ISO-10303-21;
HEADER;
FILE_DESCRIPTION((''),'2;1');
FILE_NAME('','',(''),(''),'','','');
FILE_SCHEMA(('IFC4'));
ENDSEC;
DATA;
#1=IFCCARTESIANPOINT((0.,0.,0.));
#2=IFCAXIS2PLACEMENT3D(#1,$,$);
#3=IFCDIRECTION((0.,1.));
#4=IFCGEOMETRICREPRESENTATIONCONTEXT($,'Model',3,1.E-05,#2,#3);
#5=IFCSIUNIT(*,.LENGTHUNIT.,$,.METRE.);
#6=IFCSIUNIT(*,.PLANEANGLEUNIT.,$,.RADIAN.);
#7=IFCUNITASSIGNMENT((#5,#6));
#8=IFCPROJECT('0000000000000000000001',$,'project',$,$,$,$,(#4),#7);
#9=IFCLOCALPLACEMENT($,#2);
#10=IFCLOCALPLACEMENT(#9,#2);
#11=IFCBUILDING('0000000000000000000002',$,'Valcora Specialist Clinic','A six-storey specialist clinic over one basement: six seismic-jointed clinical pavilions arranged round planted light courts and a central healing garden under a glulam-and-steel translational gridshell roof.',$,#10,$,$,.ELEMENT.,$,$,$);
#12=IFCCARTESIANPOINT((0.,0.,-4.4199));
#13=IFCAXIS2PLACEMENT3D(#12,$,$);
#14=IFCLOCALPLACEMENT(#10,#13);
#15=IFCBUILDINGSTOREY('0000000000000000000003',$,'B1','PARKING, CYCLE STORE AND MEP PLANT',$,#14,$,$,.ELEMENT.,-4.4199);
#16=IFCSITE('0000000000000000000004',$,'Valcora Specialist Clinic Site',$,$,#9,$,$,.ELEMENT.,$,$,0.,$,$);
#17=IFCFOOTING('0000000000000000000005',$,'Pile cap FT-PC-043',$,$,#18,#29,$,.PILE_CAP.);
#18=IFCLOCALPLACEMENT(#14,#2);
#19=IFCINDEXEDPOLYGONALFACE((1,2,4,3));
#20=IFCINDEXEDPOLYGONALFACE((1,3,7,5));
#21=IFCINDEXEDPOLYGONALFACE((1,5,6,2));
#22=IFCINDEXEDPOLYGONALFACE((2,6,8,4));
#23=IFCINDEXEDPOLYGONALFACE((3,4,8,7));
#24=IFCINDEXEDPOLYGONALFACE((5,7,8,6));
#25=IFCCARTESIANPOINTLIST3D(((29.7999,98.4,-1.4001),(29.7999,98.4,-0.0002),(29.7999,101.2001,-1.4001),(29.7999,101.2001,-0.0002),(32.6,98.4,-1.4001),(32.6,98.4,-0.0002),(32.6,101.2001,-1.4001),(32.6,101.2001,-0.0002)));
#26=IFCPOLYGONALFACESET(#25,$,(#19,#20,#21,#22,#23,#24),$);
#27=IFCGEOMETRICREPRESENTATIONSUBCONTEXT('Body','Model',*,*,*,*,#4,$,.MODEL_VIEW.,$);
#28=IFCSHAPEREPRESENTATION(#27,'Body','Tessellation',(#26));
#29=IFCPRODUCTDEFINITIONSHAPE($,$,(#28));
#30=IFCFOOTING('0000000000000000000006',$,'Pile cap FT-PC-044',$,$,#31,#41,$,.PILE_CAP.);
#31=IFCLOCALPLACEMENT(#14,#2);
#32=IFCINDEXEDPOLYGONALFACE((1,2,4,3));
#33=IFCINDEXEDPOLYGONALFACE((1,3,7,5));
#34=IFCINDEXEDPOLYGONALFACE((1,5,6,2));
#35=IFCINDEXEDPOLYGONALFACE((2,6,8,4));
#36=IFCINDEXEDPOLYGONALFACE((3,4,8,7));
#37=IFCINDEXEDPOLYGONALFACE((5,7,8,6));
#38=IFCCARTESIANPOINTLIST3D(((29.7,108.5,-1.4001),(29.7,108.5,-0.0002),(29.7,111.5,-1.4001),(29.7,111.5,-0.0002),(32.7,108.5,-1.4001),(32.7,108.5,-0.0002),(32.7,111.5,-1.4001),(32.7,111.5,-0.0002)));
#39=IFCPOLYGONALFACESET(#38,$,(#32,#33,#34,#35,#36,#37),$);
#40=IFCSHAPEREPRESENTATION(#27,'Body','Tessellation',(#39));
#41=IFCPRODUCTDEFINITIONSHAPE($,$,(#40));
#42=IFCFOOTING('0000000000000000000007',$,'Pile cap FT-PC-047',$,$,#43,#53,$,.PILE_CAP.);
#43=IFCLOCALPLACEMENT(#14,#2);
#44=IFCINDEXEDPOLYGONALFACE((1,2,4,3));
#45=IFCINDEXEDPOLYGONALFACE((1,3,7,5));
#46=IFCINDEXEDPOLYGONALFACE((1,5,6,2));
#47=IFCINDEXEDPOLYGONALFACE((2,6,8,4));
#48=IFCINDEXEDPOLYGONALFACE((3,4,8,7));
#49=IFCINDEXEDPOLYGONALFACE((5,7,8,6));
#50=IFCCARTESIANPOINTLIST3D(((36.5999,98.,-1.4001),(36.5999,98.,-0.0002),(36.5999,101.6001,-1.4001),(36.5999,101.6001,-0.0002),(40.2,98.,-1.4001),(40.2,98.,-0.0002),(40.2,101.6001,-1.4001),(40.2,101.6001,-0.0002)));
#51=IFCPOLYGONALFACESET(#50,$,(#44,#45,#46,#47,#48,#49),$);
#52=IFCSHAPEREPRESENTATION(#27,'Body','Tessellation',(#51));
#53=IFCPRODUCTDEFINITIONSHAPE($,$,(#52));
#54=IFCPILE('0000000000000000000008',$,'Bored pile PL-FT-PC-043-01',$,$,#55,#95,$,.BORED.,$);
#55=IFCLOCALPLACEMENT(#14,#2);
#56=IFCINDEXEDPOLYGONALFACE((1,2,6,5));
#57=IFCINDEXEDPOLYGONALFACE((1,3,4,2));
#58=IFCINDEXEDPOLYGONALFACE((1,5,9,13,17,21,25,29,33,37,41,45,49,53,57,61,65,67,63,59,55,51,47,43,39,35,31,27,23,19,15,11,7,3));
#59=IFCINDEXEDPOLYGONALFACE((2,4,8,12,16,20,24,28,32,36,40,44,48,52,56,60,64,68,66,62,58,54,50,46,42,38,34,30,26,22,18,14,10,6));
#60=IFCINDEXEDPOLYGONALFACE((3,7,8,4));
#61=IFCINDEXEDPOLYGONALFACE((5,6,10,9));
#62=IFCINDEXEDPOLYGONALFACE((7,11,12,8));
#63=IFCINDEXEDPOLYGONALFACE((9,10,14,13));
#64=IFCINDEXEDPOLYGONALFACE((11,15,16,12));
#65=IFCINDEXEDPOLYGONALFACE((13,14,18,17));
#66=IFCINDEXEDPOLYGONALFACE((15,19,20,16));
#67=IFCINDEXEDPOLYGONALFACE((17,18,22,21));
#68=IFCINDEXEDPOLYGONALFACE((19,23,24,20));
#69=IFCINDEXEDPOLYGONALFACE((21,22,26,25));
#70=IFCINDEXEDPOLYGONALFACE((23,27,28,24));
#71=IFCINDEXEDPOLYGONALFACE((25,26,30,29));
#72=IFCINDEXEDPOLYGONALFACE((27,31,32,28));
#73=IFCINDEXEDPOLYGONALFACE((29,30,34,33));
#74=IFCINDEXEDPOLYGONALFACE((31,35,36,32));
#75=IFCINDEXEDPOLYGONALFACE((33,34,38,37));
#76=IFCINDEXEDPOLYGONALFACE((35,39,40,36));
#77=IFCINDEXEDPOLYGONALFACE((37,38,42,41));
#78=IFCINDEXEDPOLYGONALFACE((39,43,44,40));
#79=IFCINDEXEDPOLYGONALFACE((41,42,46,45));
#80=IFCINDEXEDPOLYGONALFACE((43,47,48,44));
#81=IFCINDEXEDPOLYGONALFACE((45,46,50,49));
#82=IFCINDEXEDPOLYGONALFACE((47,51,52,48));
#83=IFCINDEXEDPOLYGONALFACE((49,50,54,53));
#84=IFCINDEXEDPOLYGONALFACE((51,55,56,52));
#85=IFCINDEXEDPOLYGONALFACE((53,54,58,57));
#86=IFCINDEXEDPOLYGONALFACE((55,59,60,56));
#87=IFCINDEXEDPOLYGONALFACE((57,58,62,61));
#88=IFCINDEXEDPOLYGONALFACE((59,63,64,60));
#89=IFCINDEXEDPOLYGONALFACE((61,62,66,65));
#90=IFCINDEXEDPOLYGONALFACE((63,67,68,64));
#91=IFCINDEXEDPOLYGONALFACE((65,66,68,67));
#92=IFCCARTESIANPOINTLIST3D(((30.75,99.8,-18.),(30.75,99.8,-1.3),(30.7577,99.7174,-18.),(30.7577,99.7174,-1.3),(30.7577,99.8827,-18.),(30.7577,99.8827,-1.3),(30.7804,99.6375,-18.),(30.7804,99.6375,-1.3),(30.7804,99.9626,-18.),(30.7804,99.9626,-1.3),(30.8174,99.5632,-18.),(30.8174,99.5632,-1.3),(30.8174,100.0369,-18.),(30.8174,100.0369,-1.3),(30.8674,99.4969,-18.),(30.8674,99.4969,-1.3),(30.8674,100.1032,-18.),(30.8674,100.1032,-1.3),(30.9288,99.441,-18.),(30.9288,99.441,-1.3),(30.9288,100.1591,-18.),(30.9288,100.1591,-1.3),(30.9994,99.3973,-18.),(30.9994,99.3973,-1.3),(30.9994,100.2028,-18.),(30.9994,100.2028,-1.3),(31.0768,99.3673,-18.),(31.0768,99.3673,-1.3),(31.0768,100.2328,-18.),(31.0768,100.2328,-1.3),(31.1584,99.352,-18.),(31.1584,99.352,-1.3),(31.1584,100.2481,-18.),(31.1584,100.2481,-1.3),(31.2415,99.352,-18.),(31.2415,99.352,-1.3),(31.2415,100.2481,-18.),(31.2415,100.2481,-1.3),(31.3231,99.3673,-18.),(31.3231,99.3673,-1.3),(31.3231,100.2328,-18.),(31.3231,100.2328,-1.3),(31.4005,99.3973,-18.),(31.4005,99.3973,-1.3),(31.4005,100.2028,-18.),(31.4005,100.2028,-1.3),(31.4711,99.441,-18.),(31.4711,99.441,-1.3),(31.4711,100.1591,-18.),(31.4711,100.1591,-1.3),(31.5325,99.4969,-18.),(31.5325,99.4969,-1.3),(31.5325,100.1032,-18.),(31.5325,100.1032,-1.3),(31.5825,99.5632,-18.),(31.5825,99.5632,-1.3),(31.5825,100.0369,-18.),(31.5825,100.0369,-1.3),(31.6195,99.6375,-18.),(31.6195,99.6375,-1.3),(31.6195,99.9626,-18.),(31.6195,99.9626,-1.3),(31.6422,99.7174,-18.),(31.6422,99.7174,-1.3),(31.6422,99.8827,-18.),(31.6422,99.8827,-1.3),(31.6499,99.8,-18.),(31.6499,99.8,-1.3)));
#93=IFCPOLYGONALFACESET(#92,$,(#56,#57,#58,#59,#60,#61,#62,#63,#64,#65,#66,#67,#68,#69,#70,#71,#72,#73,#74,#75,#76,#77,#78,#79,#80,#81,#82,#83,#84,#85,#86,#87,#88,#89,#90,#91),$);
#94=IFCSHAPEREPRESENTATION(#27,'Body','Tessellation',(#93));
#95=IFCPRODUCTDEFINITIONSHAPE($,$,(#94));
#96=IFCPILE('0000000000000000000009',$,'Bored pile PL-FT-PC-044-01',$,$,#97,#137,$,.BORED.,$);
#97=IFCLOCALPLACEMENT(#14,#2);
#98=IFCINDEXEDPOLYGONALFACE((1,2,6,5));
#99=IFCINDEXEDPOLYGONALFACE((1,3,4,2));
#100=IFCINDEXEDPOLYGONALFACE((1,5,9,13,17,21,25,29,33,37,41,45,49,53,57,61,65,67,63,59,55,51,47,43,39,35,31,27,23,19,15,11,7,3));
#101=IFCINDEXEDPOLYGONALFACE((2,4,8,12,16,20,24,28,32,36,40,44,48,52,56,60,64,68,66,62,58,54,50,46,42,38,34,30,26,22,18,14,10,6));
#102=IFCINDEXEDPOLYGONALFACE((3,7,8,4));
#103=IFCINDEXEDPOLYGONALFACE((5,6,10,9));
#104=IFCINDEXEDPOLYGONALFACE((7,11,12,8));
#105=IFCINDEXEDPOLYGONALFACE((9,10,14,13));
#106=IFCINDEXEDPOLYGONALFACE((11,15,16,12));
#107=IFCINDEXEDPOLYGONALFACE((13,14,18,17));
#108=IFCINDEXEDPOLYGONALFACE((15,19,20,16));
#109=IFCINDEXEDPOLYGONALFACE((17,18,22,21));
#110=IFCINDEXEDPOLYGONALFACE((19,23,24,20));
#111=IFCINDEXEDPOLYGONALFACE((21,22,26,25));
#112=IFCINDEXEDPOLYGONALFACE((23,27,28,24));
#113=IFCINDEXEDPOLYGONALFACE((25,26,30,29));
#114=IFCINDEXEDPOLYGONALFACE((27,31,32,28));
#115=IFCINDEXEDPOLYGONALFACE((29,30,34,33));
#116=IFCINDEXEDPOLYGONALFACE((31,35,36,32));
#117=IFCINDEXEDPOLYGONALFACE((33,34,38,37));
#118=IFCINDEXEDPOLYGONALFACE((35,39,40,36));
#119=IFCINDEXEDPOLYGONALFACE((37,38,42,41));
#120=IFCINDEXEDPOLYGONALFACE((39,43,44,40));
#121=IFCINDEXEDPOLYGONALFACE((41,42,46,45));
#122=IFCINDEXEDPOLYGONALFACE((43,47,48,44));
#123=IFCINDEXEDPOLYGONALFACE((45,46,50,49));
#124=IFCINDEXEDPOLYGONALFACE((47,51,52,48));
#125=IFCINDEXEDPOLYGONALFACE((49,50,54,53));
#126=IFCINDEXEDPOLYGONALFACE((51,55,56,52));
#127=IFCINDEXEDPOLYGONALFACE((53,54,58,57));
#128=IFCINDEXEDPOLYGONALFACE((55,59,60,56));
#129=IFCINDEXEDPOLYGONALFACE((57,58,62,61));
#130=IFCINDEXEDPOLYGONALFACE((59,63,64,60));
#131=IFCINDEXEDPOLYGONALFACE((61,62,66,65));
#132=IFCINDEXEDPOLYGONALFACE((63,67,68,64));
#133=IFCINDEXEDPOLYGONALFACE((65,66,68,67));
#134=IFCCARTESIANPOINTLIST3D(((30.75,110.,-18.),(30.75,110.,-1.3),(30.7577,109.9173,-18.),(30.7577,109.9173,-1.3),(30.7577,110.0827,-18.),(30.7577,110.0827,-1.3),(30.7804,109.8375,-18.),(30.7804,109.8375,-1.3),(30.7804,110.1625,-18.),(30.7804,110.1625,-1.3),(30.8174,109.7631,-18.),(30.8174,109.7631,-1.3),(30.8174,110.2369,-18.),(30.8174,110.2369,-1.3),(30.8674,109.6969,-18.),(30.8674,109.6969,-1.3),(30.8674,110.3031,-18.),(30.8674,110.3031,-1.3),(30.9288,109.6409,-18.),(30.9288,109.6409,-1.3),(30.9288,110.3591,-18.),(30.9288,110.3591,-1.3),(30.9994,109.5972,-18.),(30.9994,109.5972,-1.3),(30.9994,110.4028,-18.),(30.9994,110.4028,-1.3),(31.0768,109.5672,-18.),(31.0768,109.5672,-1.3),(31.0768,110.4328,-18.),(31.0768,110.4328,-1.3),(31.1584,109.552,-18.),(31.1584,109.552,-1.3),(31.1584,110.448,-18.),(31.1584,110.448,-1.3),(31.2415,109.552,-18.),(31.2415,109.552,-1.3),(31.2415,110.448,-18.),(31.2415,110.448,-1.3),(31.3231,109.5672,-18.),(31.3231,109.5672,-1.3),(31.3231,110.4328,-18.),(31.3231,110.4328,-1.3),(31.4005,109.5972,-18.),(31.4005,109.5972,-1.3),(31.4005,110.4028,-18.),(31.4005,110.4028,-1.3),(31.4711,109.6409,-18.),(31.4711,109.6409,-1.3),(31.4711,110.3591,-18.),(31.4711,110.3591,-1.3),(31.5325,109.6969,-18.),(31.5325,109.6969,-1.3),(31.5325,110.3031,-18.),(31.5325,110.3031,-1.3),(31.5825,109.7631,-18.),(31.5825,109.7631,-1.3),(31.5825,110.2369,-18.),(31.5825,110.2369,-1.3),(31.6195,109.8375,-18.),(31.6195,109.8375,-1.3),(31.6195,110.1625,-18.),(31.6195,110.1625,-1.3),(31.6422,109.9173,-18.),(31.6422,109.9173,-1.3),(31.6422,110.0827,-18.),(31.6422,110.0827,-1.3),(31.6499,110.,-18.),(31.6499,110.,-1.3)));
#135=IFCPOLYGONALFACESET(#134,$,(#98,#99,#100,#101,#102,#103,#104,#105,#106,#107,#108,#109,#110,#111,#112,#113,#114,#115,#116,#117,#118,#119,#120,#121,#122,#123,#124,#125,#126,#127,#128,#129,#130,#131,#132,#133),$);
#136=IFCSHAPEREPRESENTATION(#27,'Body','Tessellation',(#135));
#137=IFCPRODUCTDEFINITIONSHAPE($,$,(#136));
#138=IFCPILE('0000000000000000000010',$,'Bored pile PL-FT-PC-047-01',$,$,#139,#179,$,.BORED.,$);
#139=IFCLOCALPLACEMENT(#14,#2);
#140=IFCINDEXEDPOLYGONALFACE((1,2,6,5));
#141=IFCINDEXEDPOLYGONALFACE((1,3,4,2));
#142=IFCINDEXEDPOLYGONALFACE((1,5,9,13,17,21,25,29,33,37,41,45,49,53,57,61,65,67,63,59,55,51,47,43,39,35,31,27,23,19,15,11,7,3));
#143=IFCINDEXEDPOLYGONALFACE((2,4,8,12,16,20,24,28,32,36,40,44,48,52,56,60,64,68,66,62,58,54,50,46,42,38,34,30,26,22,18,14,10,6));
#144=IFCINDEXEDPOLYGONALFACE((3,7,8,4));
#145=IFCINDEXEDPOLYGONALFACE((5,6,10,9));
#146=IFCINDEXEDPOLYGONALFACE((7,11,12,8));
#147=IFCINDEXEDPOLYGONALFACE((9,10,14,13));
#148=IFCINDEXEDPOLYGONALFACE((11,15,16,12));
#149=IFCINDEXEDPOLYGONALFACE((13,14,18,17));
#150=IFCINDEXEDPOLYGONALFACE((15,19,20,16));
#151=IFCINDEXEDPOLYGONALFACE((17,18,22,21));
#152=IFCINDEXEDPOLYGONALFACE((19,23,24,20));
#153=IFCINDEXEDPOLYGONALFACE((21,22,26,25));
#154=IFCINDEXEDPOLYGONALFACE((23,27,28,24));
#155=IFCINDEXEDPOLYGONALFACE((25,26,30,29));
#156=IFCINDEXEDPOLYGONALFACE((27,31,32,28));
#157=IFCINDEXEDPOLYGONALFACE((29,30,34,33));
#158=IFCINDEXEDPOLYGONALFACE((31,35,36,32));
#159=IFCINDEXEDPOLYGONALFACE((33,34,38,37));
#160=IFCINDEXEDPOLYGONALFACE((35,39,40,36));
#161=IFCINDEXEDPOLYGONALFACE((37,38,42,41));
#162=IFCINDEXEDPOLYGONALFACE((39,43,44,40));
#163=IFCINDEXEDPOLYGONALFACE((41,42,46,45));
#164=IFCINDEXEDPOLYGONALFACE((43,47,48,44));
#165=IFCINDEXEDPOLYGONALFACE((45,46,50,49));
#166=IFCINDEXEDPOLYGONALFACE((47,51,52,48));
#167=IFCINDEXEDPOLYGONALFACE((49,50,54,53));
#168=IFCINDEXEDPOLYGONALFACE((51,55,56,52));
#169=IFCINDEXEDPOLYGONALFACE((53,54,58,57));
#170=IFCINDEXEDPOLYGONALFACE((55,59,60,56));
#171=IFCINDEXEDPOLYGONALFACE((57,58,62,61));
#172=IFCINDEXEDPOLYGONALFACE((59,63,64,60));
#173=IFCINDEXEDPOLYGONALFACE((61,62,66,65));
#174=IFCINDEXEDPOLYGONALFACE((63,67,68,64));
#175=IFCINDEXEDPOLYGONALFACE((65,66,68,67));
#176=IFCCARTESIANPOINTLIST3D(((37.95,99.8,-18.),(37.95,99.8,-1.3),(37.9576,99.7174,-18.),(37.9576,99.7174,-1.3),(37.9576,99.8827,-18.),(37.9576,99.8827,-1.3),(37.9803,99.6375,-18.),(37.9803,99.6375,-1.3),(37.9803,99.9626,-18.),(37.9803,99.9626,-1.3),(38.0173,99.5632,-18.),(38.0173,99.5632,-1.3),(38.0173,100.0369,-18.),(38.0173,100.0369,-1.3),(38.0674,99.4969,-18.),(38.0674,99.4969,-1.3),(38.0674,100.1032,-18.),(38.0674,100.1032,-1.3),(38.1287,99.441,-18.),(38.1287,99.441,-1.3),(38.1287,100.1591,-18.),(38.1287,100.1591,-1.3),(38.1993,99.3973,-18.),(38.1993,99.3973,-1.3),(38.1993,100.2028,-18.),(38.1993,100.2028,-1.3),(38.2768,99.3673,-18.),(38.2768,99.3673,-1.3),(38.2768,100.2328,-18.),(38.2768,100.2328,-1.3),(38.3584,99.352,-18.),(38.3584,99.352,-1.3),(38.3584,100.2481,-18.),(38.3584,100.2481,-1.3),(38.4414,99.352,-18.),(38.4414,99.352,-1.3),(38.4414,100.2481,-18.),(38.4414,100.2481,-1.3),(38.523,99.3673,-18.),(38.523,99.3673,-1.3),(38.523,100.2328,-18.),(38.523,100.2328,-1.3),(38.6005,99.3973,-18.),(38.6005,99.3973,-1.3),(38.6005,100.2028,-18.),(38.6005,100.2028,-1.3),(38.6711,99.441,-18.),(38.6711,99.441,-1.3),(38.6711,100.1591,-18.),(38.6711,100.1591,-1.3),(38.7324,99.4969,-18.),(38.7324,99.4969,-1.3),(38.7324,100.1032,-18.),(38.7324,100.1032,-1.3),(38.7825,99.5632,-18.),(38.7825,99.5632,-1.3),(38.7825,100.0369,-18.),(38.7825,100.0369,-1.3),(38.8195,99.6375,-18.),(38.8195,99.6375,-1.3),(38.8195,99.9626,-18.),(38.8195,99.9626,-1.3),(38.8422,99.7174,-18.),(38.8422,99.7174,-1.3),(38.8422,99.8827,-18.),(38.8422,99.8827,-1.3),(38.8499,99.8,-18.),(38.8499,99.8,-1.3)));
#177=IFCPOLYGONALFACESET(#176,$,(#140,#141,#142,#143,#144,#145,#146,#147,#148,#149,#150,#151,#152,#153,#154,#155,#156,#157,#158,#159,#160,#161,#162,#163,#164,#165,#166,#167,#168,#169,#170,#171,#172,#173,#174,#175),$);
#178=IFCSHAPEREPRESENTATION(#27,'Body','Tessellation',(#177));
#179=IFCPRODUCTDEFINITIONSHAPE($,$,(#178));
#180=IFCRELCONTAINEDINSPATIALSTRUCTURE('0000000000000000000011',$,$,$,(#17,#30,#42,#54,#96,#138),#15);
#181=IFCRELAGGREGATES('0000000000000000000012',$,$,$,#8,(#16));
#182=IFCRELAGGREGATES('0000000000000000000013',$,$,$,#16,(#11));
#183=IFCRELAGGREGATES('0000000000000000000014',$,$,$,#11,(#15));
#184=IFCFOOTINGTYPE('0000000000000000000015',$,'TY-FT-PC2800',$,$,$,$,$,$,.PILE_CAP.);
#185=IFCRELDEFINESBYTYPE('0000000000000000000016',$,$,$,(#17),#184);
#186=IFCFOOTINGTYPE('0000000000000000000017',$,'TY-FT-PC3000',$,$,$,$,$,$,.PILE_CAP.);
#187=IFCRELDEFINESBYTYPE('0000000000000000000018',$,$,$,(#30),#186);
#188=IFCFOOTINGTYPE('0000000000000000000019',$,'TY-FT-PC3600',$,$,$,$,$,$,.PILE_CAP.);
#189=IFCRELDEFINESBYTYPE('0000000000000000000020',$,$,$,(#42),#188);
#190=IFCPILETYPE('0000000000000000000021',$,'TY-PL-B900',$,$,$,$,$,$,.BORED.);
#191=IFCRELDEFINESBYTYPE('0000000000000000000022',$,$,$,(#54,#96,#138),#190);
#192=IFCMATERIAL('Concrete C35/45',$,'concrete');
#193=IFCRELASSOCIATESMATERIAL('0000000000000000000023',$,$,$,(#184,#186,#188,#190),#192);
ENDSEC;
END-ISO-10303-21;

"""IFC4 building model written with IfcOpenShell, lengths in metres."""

from ifc_helpers import new_model, si_unit, direction, frame, origin, origin_2d, place, context, subcontext, project, spatial, rectangle, circle, extrude, material, material_profile, profile_set, type_object, element, save


model = new_model("IFC4")

# Units and contexts
model_context = context("Model", 3, precision=1e-05, world=origin(), true_north=direction((0.0, 1.0)))
body_context = subcontext(model_context, "Body", "Model", "MODEL_VIEW")
ifc_project = project(units=[si_unit("LENGTHUNIT", "METRE"), si_unit("PLANEANGLEUNIT", "RADIAN")], contexts=[model_context])

# Site, building, storey
site_placement = place(None, origin())
site = spatial("IfcSite", under=ifc_project, at=site_placement, Name="Valcora Specialist Clinic Site", CompositionType="ELEMENT", RefElevation=0.0)
building_placement = place(site_placement, origin())
building = spatial("IfcBuilding", under=site, at=building_placement, Name="Valcora Specialist Clinic", Description="A six-storey specialist clinic over one basement: six seismic-jointed clinical pavilions arranged round planted light courts and a central healing garden under a glulam-and-steel translational gridshell roof.", CompositionType="ELEMENT")
storey_placement = place(building_placement, frame((0.0, 0.0, -4.4199)))
storey = spatial("IfcBuildingStorey", under=building, at=storey_placement, Name="B1", Description="PARKING, CYCLE STORE AND MEP PLANT", CompositionType="ELEMENT", Elevation=-4.4199)

# Footings
ifc_material_1 = material(Name="Concrete C35/45", Category="concrete")
footing_type_1 = type_object("IfcFootingType", Name="TY-FT-PC2800", PredefinedType="PILE_CAP", material=ifc_material_1)
footing_1_placement = place(storey_placement, frame((31.2, 99.8, -1.4001), z_axis=(0.0, 0.0, 1.0), x_axis=(1.0, 0.0, 0.0)))
element("IfcFooting", 1, at=footing_1_placement, inside=storey, type_object=footing_type_1, Name="Pile cap FT-PC-043", PredefinedType="PILE_CAP", context=body_context, shape_type="SweptSolid", body=[
    extrude(rectangle(XDim=2.8, YDim=2.8, at=origin_2d()), origin(), (0.0, 0.0, 1.0), 1.3999),
])
footing_type_2 = type_object("IfcFootingType", Name="TY-FT-PC3000", PredefinedType="PILE_CAP", material=ifc_material_1)
footing_2_placement = place(storey_placement, frame((31.2, 110.0, -1.4001), z_axis=(0.0, 0.0, 1.0), x_axis=(1.0, 0.0, 0.0)))
element("IfcFooting", 2, at=footing_2_placement, inside=storey, type_object=footing_type_2, Name="Pile cap FT-PC-044", PredefinedType="PILE_CAP", context=body_context, shape_type="SweptSolid", body=[
    extrude(rectangle(XDim=3.0, YDim=3.0, at=origin_2d()), origin(), (0.0, 0.0, 1.0), 1.3999),
])
footing_type_3 = type_object("IfcFootingType", Name="TY-FT-PC3600", PredefinedType="PILE_CAP", material=ifc_material_1)
footing_3_placement = place(storey_placement, frame((38.3999, 99.8, -1.4001), z_axis=(0.0, 0.0, 1.0), x_axis=(1.0, 0.0, 0.0)))
element("IfcFooting", 3, at=footing_3_placement, inside=storey, type_object=footing_type_3, Name="Pile cap FT-PC-047", PredefinedType="PILE_CAP", context=body_context, shape_type="SweptSolid", body=[
    extrude(rectangle(XDim=3.6001, YDim=3.6001, at=origin_2d()), origin(), (0.0, 0.0, 1.0), 1.3999),
])

# Piles
ifc_material_profile_1 = material_profile(ifc_material_1, circle(Radius=0.45, at=origin_2d()), Name="RC-PIL-D900")
ifc_profile_set_1 = profile_set([ifc_material_profile_1], Name="Concrete C35/45")
pile_type = type_object("IfcPileType", Name="TY-PL-B900", PredefinedType="BORED", material=ifc_profile_set_1)
for number, where, z_axis, x_axis, name in (
    (4, (31.2, 99.8, -1.3), (0.0, 0.0, -1.0), (1.0, 0.0, 0.0), "Bored pile PL-FT-PC-043-01"),
    (5, (31.2, 110.0, -1.3), (0.0, 0.0, -1.0), (1.0, 0.0, 0.0), "Bored pile PL-FT-PC-044-01"),
    (6, (38.3999, 99.8, -1.3), (0.0, 0.0, -1.0), (1.0, 0.0, 0.0), "Bored pile PL-FT-PC-047-01"),
):
    element("IfcPile", number, at=place(storey_placement, frame(where, z_axis=z_axis, x_axis=x_axis)), inside=storey, type_object=pile_type, Name=name, PredefinedType="BORED", context=body_context, shape_type="SweptSolid", body=[
        extrude(circle(Radius=0.45, at=origin_2d()), origin(), (0.0, 0.0, 1.0), 16.7),
    ])

save(model, "model.ifc")
